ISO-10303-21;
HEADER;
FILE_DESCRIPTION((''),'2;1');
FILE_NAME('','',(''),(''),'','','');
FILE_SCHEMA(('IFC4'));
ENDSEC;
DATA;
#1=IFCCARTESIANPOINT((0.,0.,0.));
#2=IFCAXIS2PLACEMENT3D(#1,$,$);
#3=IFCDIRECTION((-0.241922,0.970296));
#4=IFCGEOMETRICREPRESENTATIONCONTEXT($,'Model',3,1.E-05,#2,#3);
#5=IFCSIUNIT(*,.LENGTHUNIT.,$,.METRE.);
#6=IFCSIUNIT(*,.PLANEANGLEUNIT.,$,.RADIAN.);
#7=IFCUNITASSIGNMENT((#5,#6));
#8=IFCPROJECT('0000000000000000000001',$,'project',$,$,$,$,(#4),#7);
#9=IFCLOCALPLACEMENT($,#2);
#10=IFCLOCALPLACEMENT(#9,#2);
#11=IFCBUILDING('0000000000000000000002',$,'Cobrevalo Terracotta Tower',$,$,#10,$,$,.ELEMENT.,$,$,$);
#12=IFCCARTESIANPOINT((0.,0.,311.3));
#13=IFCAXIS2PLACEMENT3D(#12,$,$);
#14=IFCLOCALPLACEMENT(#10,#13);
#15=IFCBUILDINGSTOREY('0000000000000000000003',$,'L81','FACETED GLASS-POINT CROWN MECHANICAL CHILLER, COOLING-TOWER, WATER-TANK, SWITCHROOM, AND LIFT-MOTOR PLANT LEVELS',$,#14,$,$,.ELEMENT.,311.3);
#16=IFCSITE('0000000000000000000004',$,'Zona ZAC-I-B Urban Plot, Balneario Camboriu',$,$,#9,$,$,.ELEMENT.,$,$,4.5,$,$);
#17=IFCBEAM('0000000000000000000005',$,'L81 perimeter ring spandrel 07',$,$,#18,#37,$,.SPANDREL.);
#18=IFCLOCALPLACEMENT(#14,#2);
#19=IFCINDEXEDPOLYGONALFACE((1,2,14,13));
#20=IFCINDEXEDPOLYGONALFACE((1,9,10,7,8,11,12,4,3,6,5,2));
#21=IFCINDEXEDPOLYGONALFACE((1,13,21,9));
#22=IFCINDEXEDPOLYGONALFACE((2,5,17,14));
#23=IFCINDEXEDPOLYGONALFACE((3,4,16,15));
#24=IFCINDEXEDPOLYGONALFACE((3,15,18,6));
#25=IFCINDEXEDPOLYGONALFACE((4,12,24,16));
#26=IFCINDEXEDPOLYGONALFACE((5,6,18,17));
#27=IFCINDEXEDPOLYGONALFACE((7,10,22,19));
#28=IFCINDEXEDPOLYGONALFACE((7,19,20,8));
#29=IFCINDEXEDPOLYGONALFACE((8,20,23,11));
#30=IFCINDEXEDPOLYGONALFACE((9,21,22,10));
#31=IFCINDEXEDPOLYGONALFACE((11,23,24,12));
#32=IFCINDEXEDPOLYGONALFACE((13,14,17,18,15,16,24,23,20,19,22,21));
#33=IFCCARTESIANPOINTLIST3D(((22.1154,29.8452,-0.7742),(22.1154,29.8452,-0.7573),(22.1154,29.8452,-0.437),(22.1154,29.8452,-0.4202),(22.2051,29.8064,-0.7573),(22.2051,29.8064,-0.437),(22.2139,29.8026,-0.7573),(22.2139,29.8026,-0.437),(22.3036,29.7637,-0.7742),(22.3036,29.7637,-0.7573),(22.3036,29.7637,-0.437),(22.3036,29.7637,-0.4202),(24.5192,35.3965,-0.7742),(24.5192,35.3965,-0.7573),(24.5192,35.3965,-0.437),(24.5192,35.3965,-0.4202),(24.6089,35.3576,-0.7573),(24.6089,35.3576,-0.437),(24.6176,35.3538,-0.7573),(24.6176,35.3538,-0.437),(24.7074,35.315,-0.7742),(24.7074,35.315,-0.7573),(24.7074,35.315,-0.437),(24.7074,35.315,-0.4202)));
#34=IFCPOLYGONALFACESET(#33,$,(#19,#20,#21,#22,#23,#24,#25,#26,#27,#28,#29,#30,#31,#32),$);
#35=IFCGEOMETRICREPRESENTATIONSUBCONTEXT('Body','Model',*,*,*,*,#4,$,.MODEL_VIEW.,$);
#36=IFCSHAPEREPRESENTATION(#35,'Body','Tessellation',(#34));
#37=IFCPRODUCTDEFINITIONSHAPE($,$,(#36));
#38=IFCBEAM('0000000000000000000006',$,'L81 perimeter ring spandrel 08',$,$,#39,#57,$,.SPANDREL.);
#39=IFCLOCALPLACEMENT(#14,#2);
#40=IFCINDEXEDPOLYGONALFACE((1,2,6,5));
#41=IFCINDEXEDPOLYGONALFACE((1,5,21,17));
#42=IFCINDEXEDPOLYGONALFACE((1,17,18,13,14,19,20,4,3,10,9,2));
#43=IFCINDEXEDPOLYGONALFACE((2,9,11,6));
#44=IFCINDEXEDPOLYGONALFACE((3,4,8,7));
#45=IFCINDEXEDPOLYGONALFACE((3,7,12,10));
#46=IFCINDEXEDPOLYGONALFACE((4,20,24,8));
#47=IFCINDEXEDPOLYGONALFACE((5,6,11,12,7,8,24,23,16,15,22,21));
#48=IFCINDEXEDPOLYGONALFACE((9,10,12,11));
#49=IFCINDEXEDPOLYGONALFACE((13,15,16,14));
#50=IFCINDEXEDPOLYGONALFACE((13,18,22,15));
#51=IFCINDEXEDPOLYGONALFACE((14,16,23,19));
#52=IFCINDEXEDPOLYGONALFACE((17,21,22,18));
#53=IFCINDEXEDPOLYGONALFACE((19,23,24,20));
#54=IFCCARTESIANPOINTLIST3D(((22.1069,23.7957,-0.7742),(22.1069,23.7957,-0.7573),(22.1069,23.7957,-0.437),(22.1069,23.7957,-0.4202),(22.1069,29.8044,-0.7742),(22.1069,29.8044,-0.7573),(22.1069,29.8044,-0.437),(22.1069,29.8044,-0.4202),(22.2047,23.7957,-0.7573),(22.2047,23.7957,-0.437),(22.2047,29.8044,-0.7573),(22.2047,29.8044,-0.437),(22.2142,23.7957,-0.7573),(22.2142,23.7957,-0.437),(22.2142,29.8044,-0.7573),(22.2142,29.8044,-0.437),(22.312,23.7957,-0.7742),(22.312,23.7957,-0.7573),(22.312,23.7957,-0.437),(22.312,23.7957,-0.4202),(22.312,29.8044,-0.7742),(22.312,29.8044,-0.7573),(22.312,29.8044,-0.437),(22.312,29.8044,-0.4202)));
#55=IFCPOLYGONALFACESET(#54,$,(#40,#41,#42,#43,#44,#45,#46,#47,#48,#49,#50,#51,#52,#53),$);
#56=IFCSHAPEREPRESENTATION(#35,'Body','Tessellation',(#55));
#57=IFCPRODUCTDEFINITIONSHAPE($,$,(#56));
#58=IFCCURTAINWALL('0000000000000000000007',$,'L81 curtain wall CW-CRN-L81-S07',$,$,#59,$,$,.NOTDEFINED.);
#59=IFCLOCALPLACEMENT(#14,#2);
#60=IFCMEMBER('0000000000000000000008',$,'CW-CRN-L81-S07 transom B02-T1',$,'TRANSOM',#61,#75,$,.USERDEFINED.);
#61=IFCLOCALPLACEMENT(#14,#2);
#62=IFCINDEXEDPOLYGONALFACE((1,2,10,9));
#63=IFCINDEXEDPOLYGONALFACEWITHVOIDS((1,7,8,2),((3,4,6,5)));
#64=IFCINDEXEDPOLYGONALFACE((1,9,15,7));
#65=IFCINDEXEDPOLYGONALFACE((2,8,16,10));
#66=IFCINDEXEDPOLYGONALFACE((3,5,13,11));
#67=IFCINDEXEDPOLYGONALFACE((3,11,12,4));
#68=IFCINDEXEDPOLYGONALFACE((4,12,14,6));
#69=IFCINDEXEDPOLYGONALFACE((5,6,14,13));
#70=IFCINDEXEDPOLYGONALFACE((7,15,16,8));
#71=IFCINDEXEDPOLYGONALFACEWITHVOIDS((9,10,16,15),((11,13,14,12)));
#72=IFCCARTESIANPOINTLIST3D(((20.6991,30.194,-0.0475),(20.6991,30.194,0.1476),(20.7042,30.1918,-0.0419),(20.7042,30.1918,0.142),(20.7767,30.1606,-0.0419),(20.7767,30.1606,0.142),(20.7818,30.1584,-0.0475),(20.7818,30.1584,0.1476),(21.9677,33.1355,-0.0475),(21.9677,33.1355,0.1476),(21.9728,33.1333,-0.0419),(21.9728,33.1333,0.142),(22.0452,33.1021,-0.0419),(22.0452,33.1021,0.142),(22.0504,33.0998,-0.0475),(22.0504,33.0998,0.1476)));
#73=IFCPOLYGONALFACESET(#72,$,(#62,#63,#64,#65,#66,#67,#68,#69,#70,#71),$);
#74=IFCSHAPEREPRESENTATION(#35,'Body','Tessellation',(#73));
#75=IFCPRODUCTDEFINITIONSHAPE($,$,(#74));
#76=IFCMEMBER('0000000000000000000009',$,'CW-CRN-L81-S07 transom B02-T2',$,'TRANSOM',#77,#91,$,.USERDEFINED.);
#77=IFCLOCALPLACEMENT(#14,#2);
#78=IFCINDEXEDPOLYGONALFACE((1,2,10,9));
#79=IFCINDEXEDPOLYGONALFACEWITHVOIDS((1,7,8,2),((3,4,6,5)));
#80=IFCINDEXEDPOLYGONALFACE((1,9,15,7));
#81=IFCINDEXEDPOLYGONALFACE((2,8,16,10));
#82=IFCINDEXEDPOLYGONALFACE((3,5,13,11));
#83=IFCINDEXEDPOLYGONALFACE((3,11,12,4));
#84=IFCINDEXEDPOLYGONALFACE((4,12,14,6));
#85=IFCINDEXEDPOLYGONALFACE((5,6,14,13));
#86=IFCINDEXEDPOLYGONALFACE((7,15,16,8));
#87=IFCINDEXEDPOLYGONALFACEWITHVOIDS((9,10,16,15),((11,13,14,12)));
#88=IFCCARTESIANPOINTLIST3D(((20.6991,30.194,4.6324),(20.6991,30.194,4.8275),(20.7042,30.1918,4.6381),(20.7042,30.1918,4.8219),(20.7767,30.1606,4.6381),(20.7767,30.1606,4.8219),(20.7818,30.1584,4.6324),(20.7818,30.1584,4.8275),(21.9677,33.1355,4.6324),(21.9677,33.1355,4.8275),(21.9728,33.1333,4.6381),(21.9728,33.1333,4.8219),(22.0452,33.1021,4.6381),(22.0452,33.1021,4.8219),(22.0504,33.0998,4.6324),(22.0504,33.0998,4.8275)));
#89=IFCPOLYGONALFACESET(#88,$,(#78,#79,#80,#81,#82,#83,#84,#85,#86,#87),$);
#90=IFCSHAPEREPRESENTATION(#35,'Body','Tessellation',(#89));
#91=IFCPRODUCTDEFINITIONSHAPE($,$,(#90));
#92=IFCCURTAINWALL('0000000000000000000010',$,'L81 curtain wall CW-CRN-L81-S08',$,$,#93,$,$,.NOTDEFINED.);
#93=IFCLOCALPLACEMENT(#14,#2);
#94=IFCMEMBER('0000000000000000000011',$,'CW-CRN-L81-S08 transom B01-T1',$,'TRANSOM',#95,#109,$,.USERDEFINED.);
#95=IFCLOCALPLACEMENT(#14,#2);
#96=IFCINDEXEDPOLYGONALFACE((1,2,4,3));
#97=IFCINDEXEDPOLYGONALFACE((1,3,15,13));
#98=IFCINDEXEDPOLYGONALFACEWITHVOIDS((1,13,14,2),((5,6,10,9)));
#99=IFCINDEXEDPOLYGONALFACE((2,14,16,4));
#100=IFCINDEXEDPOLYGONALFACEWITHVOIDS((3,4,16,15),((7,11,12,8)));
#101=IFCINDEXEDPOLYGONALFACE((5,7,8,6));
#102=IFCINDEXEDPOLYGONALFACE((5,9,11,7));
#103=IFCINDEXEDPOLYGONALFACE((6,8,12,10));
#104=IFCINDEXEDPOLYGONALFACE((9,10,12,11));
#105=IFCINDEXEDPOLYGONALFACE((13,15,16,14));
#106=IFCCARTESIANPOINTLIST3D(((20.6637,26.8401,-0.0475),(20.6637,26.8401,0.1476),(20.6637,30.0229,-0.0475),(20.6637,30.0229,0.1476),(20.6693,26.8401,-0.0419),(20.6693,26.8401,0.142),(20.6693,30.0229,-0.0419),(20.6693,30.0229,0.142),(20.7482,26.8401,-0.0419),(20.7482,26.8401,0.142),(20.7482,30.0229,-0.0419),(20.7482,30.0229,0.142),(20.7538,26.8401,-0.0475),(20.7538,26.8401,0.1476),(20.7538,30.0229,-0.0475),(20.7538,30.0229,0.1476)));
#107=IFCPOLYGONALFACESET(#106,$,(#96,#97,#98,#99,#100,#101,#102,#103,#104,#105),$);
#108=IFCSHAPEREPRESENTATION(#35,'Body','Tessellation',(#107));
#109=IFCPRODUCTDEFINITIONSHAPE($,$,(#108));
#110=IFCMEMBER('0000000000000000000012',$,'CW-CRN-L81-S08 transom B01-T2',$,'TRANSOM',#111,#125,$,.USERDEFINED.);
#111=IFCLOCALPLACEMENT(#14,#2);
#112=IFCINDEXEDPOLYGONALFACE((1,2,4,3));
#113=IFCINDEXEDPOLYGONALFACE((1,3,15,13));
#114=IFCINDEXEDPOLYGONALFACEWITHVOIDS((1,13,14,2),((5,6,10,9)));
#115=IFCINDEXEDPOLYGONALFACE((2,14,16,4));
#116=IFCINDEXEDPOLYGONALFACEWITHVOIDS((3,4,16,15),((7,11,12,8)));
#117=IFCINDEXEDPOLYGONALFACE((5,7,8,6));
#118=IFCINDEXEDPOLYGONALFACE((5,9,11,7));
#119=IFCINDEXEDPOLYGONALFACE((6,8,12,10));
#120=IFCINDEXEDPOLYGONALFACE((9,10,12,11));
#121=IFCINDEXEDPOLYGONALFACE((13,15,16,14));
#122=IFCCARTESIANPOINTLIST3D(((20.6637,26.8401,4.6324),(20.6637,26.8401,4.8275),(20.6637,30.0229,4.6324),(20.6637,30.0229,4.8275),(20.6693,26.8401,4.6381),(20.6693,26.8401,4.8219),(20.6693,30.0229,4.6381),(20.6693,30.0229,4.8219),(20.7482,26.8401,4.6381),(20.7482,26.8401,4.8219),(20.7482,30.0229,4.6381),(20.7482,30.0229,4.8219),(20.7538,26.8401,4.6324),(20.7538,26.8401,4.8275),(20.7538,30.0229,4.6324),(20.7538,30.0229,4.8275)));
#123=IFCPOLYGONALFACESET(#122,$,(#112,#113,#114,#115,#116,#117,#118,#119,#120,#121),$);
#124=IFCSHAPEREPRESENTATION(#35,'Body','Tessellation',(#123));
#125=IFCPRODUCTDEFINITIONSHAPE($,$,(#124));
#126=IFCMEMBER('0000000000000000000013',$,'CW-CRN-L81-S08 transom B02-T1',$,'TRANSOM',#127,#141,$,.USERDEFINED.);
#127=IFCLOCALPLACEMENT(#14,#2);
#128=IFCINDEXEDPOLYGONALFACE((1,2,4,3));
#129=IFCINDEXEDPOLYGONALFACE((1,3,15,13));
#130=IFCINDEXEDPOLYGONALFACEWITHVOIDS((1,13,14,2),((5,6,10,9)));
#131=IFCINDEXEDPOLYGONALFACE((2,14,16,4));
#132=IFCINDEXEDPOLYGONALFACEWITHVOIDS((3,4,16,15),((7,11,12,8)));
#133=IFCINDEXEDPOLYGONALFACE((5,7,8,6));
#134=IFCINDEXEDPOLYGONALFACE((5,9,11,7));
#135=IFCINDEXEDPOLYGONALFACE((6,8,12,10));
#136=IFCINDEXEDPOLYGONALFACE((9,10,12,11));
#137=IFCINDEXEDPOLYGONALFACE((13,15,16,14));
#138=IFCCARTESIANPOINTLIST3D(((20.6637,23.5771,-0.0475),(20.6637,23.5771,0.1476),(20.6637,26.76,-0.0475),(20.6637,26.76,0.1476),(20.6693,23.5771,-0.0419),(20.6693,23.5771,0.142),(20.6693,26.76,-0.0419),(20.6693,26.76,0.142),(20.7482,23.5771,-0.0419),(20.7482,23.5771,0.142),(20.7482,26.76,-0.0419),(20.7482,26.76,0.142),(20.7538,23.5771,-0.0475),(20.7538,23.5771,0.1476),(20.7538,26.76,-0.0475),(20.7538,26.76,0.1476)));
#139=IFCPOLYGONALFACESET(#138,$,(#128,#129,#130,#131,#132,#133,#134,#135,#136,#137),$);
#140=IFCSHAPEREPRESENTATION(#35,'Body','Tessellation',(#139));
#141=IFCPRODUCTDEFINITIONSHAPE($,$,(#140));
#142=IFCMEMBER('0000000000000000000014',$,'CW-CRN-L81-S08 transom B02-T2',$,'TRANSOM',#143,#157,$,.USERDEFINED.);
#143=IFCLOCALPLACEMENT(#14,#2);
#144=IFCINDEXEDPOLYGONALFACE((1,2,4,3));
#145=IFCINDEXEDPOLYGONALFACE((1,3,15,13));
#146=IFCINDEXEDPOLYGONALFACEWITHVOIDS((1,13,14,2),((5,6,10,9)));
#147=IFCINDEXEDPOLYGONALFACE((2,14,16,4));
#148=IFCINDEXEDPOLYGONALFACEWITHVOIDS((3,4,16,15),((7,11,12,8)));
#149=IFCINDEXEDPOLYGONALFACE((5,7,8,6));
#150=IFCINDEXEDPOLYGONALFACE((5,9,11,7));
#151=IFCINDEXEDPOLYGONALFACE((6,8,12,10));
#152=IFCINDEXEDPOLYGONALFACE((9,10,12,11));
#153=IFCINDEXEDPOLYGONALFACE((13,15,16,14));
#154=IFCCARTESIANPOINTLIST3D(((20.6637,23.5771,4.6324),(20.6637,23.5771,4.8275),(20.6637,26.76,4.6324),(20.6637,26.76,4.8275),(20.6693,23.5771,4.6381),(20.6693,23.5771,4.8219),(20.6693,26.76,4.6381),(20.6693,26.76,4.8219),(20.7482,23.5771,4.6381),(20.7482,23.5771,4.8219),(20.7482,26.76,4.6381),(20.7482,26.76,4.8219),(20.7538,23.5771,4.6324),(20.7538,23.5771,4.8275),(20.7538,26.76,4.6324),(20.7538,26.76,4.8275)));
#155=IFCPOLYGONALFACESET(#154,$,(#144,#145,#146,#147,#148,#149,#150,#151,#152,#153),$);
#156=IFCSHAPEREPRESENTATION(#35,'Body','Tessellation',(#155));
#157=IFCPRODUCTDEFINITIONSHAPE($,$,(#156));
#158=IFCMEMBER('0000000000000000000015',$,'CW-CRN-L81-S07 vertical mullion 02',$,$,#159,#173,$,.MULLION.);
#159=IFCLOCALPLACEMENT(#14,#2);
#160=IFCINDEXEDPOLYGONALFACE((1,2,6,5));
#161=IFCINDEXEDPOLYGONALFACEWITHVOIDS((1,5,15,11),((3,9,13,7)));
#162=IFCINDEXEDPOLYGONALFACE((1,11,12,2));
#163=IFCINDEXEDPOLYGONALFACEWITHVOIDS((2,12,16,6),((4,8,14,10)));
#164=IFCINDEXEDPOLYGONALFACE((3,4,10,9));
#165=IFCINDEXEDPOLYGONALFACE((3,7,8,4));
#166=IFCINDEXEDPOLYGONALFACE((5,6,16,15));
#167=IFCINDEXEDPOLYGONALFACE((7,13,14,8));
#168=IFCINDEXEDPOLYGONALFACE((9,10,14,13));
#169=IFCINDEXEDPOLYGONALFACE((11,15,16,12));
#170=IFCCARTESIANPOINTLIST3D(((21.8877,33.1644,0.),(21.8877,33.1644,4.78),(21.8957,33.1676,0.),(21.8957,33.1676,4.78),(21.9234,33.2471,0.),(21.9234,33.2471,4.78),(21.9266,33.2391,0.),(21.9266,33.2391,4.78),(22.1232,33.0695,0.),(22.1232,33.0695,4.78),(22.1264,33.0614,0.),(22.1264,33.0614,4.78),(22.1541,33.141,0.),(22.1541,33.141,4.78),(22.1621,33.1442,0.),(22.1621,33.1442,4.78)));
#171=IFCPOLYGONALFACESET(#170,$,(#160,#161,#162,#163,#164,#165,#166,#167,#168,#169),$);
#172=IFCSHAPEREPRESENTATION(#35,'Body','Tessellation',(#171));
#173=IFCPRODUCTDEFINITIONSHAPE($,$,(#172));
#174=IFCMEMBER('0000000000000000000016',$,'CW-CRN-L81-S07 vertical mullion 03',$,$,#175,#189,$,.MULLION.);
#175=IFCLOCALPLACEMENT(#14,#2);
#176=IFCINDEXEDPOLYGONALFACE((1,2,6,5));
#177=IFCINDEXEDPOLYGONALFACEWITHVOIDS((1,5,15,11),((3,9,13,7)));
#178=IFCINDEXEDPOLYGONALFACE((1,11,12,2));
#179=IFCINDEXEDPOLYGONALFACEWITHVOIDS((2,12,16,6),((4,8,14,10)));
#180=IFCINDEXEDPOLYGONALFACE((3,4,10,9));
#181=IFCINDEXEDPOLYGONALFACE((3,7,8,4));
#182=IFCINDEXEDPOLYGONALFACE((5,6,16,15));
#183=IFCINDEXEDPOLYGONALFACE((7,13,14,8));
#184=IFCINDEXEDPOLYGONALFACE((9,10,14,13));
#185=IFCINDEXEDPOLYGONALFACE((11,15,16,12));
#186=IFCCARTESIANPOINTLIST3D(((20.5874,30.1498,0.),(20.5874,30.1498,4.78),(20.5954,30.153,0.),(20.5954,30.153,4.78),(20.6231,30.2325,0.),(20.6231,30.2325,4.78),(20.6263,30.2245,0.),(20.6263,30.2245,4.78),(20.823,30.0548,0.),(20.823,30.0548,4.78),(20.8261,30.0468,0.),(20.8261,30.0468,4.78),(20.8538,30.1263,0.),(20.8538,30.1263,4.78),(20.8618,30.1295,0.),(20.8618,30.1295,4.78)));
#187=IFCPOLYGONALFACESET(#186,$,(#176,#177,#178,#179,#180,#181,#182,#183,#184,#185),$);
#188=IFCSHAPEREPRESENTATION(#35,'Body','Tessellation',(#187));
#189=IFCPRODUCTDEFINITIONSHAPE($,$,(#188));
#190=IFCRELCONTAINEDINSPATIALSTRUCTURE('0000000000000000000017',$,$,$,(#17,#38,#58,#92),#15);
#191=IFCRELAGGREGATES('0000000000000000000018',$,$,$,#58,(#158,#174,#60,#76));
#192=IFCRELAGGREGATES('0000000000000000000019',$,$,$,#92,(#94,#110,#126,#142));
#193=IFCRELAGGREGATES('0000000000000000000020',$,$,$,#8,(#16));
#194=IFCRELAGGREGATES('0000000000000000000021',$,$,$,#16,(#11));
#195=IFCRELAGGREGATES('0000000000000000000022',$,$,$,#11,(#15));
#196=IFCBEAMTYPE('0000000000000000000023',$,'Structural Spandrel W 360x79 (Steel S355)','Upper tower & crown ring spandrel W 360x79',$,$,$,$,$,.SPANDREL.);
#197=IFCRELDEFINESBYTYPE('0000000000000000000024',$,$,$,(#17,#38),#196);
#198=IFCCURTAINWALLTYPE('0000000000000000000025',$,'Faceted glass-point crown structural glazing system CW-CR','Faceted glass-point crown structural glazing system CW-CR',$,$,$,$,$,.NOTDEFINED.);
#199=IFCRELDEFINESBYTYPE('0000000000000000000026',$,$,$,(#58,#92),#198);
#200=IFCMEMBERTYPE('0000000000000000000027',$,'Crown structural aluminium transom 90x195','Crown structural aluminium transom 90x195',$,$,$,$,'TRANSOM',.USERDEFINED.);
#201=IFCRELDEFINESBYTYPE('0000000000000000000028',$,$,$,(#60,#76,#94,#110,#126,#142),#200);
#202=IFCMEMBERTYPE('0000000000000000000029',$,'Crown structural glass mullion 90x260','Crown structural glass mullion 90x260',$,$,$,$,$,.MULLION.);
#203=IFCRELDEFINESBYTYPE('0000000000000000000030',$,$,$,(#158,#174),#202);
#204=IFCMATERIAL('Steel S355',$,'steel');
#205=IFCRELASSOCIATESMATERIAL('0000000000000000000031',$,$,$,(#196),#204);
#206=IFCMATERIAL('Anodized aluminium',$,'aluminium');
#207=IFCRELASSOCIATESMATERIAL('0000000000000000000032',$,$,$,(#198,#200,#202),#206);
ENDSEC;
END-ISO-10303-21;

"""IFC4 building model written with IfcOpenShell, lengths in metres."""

from ifc_helpers import new_model, si_unit, direction, frame, origin, origin_2d, place, context, subcontext, project, spatial, hollow_rectangle, i_section, extrude, source, transform, mapped, material, material_profile, profile_set, type_object, element, aggregate, save


model = new_model("IFC4")

# Units and contexts
model_context = context("Model", 3, precision=1e-05, world=origin(), true_north=direction((-0.241922, 0.970296)))
body_context = subcontext(model_context, "Body", "Model", "MODEL_VIEW")
ifc_project = project(units=[si_unit("LENGTHUNIT", "METRE"), si_unit("PLANEANGLEUNIT", "RADIAN")], contexts=[model_context])

# Site, building, storey
site_placement = place(None, origin())
site = spatial("IfcSite", under=ifc_project, at=site_placement, Name="Zona ZAC-I-B Urban Plot, Balneario Camboriu", CompositionType="ELEMENT", RefElevation=4.5)
building_placement = place(site_placement, origin())
building = spatial("IfcBuilding", under=site, at=building_placement, Name="Cobrevalo Terracotta Tower", CompositionType="ELEMENT")
storey_placement = place(building_placement, frame((0.0, 0.0, 311.3)))
storey = spatial("IfcBuildingStorey", under=building, at=storey_placement, Name="L81", Description="FACETED GLASS-POINT CROWN MECHANICAL CHILLER, COOLING-TOWER, WATER-TANK, SWITCHROOM, AND LIFT-MOTOR PLANT LEVELS", CompositionType="ELEMENT", Elevation=311.3)

# Shared definitions
ifc_material_1 = material(Name="Steel S355", Category="steel")

# Beams
ifc_material_profile_1 = material_profile(ifc_material_1, i_section(OverallWidth=0.2051, OverallDepth=0.354, WebThickness=0.0095, FlangeThickness=0.0168, at=origin_2d()), Name="W 360x79")
ifc_profile_set_1 = profile_set([ifc_material_profile_1], Name="Steel S355")
beam_type_1 = type_object("IfcBeamType", Name="Structural Spandrel W 360x79 (Steel S355)", Description="Upper tower & crown ring spandrel W 360x79", PredefinedType="SPANDREL", material=ifc_profile_set_1)
beam_1_placement = place(storey_placement, frame((24.6133, 35.3557, -0.5972), z_axis=(-0.397365, -0.917661, 0.0), x_axis=(0.917661, -0.397365, 0.0)))
element("IfcBeam", 1, at=beam_1_placement, inside=storey, type_object=beam_type_1, Name="L81 perimeter ring spandrel 07", PredefinedType="SPANDREL", context=body_context, shape_type="SweptSolid", body=[
    extrude(i_section(OverallWidth=0.2051, OverallDepth=0.354, WebThickness=0.0095, FlangeThickness=0.0168, at=origin_2d()), origin(), (0.0, 0.0, 1.0), 6.0493),
])
beam_2_placement = place(storey_placement, frame((22.2095, 29.8044, -0.5972), z_axis=(0.0, -1.0, 0.0), x_axis=(1.0, 0.0, 0.0)))
element("IfcBeam", 2, at=beam_2_placement, inside=storey, type_object=beam_type_1, Name="L81 perimeter ring spandrel 08", PredefinedType="SPANDREL", context=body_context, shape_type="SweptSolid", body=[
    extrude(i_section(OverallWidth=0.2051, OverallDepth=0.354, WebThickness=0.0095, FlangeThickness=0.0168, at=origin_2d()), origin(), (0.0, 0.0, 1.0), 6.0088),
])

# Curtain walls, members
ifc_material_2 = material(Name="Anodized aluminium", Category="aluminium")
curtain_wall_type = type_object("IfcCurtainWallType", Name="Faceted glass-point crown structural glazing system CW-CR", Description="Faceted glass-point crown structural glazing system CW-CR", PredefinedType="NOTDEFINED", material=ifc_material_2)
curtain_wall_1_placement = place(storey_placement, origin())
curtain_wall_1 = element("IfcCurtainWall", 3, at=curtain_wall_1_placement, inside=storey, type_object=curtain_wall_type, Name="L81 curtain wall CW-CRN-L81-S07", PredefinedType="NOTDEFINED")
ifc_material_profile_2 = material_profile(ifc_material_2, hollow_rectangle(XDim=0.0901, YDim=0.1951, WallThickness=0.0056, at=origin_2d()), Name="CWT 90x195")
ifc_profile_set_2 = profile_set([ifc_material_profile_2], Name="Anodized aluminium")
member_type_1 = type_object("IfcMemberType", Name="Crown structural aluminium transom 90x195", Description="Crown structural aluminium transom 90x195", ElementType="TRANSOM", PredefinedType="USERDEFINED", material=ifc_profile_set_2)
shared_shape_1 = source(origin(), body_context, "Body", "SweptSolid", [
    extrude(hollow_rectangle(XDim=0.0901, YDim=0.1951, WallThickness=0.0056, at=origin_2d()), origin(), (0.0, 0.0, 1.0), 3.2034),
])
member_1_placement = place(storey_placement, frame((22.009, 33.1177, 0.05), z_axis=(-0.396016, -0.918244, 0.0), x_axis=(0.918244, -0.396016, 0.0)))
member_1 = element("IfcMember", 4, at=member_1_placement, type_object=member_type_1, Name="CW-CRN-L81-S07 transom B02-T1", ObjectType="TRANSOM", PredefinedType="USERDEFINED", context=body_context, shape_type="MappedRepresentation", body=[
    mapped(shared_shape_1, transform((0.0, 0.0, 0.0), scale=1.0)),
])
member_2_placement = place(storey_placement, frame((22.009, 33.1177, 4.73), z_axis=(-0.396016, -0.918244, 0.0), x_axis=(0.918244, -0.396016, 0.0)))
member_2 = element("IfcMember", 5, at=member_2_placement, type_object=member_type_1, Name="CW-CRN-L81-S07 transom B02-T2", ObjectType="TRANSOM", PredefinedType="USERDEFINED", context=body_context, shape_type="MappedRepresentation", body=[
    mapped(shared_shape_1, transform((0.0, 0.0, 0.0), scale=1.0)),
])
curtain_wall_2_placement = place(storey_placement, origin())
curtain_wall_2 = element("IfcCurtainWall", 6, at=curtain_wall_2_placement, inside=storey, type_object=curtain_wall_type, Name="L81 curtain wall CW-CRN-L81-S08", PredefinedType="NOTDEFINED")
shared_shape_2 = source(origin(), body_context, "Body", "SweptSolid", [
    extrude(hollow_rectangle(XDim=0.0901, YDim=0.1951, WallThickness=0.0056, at=origin_2d()), origin(), (0.0, 0.0, 1.0), 3.1829),
])
member_3_placement = place(storey_placement, frame((20.7087, 30.0229, 0.05), z_axis=(0.0, -1.0, 0.0), x_axis=(1.0, 0.0, 0.0)))
member_3 = element("IfcMember", 7, at=member_3_placement, type_object=member_type_1, Name="CW-CRN-L81-S08 transom B01-T1", ObjectType="TRANSOM", PredefinedType="USERDEFINED", context=body_context, shape_type="MappedRepresentation", body=[
    mapped(shared_shape_2, transform((0.0, 0.0, 0.0), scale=1.0)),
])
member_4_placement = place(storey_placement, frame((20.7087, 30.0229, 4.73), z_axis=(0.0, -1.0, 0.0), x_axis=(1.0, 0.0, 0.0)))
member_4 = element("IfcMember", 8, at=member_4_placement, type_object=member_type_1, Name="CW-CRN-L81-S08 transom B01-T2", ObjectType="TRANSOM", PredefinedType="USERDEFINED", context=body_context, shape_type="MappedRepresentation", body=[
    mapped(shared_shape_2, transform((0.0, 0.0, 0.0), scale=1.0)),
])
member_5_placement = place(storey_placement, frame((20.7087, 26.76, 0.05), z_axis=(0.0, -1.0, 0.0), x_axis=(1.0, 0.0, 0.0)))
member_5 = element("IfcMember", 9, at=member_5_placement, type_object=member_type_1, Name="CW-CRN-L81-S08 transom B02-T1", ObjectType="TRANSOM", PredefinedType="USERDEFINED", context=body_context, shape_type="MappedRepresentation", body=[
    mapped(shared_shape_2, transform((0.0, 0.0, 0.0), scale=1.0)),
])
member_6_placement = place(storey_placement, frame((20.7087, 26.76, 4.73), z_axis=(0.0, -1.0, 0.0), x_axis=(1.0, 0.0, 0.0)))
member_6 = element("IfcMember", 10, at=member_6_placement, type_object=member_type_1, Name="CW-CRN-L81-S08 transom B02-T2", ObjectType="TRANSOM", PredefinedType="USERDEFINED", context=body_context, shape_type="MappedRepresentation", body=[
    mapped(shared_shape_2, transform((0.0, 0.0, 0.0), scale=1.0)),
])

# Members
ifc_material_profile_3 = material_profile(ifc_material_2, hollow_rectangle(XDim=0.0901, YDim=0.26, WallThickness=0.0061, at=origin_2d()), Name="CWM 90x260")
ifc_profile_set_3 = profile_set([ifc_material_profile_3], Name="Anodized aluminium")
member_type_2 = type_object("IfcMemberType", Name="Crown structural glass mullion 90x260", Description="Crown structural glass mullion 90x260", PredefinedType="MULLION", material=ifc_profile_set_3)
shared_shape_3 = source(origin(), body_context, "Body", "SweptSolid", [
    extrude(hollow_rectangle(XDim=0.0901, YDim=0.26, WallThickness=0.0061, at=origin_2d()), origin(), (0.0, 0.0, 1.0), 4.78),
])
member_7_placement = place(storey_placement, frame((22.0249, 33.1543, 0.0), z_axis=(0.0, 0.0, 1.0), x_axis=(-0.396058, -0.918225, 0.0)))
member_7 = element("IfcMember", 11, at=member_7_placement, type_object=member_type_2, Name="CW-CRN-L81-S07 vertical mullion 02", PredefinedType="MULLION", context=body_context, shape_type="MappedRepresentation", body=[
    mapped(shared_shape_3, transform((0.0, 0.0, 0.0), scale=1.0)),
])
member_8_placement = place(storey_placement, frame((20.7246, 30.1396, 0.0), z_axis=(0.0, 0.0, 1.0), x_axis=(-0.396058, -0.918225, 0.0)))
member_8 = element("IfcMember", 12, at=member_8_placement, type_object=member_type_2, Name="CW-CRN-L81-S07 vertical mullion 03", PredefinedType="MULLION", context=body_context, shape_type="MappedRepresentation", body=[
    mapped(shared_shape_3, transform((0.0, 0.0, 0.0), scale=1.0)),
])

aggregate(curtain_wall_1, [member_7, member_8, member_1, member_2])
aggregate(curtain_wall_2, [member_3, member_4, member_5, member_6])

save(model, "model.ifc")
